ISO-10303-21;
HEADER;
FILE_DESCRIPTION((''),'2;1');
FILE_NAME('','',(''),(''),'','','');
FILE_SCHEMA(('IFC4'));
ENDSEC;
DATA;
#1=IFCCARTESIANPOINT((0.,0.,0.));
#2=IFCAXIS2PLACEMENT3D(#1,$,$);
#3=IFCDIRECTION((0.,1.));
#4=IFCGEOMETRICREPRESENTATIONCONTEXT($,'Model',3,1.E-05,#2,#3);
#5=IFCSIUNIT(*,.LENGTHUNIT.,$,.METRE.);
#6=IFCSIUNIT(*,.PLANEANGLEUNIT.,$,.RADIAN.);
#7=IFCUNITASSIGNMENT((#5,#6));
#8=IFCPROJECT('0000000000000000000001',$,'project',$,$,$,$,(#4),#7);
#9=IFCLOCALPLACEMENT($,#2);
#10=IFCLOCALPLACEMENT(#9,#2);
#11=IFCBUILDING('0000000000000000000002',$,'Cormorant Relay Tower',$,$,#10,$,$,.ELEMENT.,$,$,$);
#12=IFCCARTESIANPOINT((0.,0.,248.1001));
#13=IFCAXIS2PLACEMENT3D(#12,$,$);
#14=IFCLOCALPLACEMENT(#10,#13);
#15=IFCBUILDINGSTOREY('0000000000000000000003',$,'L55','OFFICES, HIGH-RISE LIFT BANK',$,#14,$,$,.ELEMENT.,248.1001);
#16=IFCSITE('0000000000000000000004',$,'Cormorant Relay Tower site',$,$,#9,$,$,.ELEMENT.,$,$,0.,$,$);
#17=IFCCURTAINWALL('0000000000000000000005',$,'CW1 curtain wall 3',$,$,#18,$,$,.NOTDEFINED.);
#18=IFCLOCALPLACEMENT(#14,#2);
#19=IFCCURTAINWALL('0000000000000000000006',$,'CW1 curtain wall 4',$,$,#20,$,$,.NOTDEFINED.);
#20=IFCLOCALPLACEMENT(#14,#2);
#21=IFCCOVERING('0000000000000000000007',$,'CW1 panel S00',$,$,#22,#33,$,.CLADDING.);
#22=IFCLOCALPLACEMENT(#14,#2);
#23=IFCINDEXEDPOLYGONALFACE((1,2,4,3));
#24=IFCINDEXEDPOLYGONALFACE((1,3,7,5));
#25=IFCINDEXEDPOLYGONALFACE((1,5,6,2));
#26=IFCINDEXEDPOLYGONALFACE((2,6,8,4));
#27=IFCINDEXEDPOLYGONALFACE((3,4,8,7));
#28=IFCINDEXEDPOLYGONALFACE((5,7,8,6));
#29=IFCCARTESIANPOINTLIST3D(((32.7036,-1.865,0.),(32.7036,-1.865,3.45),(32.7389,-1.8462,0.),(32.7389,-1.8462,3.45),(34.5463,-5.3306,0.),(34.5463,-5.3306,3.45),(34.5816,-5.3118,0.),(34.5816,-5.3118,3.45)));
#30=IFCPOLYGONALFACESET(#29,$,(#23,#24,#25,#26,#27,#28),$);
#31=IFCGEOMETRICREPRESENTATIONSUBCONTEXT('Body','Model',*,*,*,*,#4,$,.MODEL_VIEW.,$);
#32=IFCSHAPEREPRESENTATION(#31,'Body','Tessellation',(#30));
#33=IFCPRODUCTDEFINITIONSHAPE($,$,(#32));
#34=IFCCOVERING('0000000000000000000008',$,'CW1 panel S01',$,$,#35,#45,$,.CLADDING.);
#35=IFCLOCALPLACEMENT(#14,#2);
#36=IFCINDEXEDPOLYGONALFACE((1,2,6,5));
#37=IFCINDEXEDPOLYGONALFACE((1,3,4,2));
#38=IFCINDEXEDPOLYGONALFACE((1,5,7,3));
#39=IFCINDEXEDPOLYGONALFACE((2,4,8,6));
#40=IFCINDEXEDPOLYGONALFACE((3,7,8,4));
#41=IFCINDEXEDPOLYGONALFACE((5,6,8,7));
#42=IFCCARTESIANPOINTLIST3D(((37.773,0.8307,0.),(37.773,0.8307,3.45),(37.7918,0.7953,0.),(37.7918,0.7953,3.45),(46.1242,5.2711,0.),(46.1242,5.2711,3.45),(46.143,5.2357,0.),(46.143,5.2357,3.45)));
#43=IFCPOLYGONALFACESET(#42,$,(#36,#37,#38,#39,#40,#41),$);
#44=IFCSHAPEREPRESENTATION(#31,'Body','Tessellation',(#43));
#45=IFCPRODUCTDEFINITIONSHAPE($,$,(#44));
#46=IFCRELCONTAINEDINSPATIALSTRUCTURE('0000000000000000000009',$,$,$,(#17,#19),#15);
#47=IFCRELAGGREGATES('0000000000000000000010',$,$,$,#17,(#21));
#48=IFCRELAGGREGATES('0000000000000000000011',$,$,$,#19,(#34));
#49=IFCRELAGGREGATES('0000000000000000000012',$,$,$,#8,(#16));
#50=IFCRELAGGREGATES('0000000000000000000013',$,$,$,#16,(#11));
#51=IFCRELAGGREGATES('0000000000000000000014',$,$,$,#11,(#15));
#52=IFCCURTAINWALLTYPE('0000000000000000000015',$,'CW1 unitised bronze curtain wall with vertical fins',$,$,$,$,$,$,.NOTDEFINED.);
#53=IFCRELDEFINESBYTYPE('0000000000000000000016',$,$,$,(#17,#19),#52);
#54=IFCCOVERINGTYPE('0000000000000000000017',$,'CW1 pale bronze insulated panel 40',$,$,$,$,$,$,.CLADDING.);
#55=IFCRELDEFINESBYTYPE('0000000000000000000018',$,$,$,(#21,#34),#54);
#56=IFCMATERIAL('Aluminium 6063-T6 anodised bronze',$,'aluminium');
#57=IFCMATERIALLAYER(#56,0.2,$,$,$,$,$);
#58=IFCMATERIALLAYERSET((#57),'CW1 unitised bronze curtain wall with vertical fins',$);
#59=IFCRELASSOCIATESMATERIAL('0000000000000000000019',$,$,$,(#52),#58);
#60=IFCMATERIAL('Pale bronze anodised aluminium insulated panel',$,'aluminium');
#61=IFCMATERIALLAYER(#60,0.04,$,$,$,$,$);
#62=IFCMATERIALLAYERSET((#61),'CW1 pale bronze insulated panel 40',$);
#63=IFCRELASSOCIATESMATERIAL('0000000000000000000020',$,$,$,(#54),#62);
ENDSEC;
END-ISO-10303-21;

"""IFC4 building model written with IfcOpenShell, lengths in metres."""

from ifc_helpers import new_model, si_unit, direction, frame, origin, origin_2d, place, context, subcontext, project, spatial, rectangle, extrude, material, layer, layer_set, type_object, element, aggregate, save


model = new_model("IFC4")

# Units and contexts
model_context = context("Model", 3, precision=1e-05, world=origin(), true_north=direction((0.0, 1.0)))
body_context = subcontext(model_context, "Body", "Model", "MODEL_VIEW")
ifc_project = project(units=[si_unit("LENGTHUNIT", "METRE"), si_unit("PLANEANGLEUNIT", "RADIAN")], contexts=[model_context])

# Site, building, storey
site_placement = place(None, origin())
site = spatial("IfcSite", under=ifc_project, at=site_placement, Name="Cormorant Relay Tower site", CompositionType="ELEMENT", RefElevation=0.0)
building_placement = place(site_placement, origin())
building = spatial("IfcBuilding", under=site, at=building_placement, Name="Cormorant Relay Tower", CompositionType="ELEMENT")
storey_placement = place(building_placement, frame((0.0, 0.0, 248.1001)))
storey = spatial("IfcBuildingStorey", under=building, at=storey_placement, Name="L55", Description="OFFICES, HIGH-RISE LIFT BANK", CompositionType="ELEMENT", Elevation=248.1001)

# Curtain wall
ifc_material_1 = material(Name="Aluminium 6063-T6 anodised bronze", Category="aluminium")
ifc_layer_1 = layer(ifc_material_1, 0.2)
ifc_layer_set_1 = layer_set([ifc_layer_1], Name="CW1 unitised bronze curtain wall with vertical fins")
curtain_wall_type = type_object("IfcCurtainWallType", Name="CW1 unitised bronze curtain wall with vertical fins", PredefinedType="NOTDEFINED", material=ifc_layer_set_1)
curtain_wall_1_placement = place(storey_placement, origin())
curtain_wall_1 = element("IfcCurtainWall", 1, at=curtain_wall_1_placement, inside=storey, type_object=curtain_wall_type, Name="CW1 curtain wall 3", PredefinedType="NOTDEFINED")

# Curtain wall
curtain_wall_2_placement = place(storey_placement, origin())
curtain_wall_2 = element("IfcCurtainWall", 2, at=curtain_wall_2_placement, inside=storey, type_object=curtain_wall_type, Name="CW1 curtain wall 4", PredefinedType="NOTDEFINED")

# Coverings
ifc_material_2 = material(Name="Pale bronze anodised aluminium insulated panel", Category="aluminium")
ifc_layer_2 = layer(ifc_material_2, 0.04)
ifc_layer_set_2 = layer_set([ifc_layer_2], Name="CW1 pale bronze insulated panel 40")
covering_type = type_object("IfcCoveringType", Name="CW1 pale bronze insulated panel 40", PredefinedType="CLADDING", material=ifc_layer_set_2)
covering_1_placement = place(storey_placement, frame((33.6426, -3.5884, 0.0), z_axis=(0.0, 0.0, 1.0), x_axis=(-0.469472, 0.882948, 0.0)))
covering_1 = element("IfcCovering", 3, at=covering_1_placement, type_object=covering_type, Name="CW1 panel S00", PredefinedType="CLADDING", context=body_context, shape_type="SweptSolid", body=[
    extrude(rectangle(XDim=3.925, YDim=0.04, at=origin_2d()), origin(), (0.0, 0.0, 1.0), 3.45),
])
aggregate(curtain_wall_1, [covering_1])
covering_2_placement = place(storey_placement, frame((41.958, 3.0332, 0.0), z_axis=(0.0, 0.0, 1.0), x_axis=(0.882948, 0.469472, 0.0)))
covering_2 = element("IfcCovering", 4, at=covering_2_placement, type_object=covering_type, Name="CW1 panel S01", PredefinedType="CLADDING", context=body_context, shape_type="SweptSolid", body=[
    extrude(rectangle(XDim=9.4583, YDim=0.04, at=origin_2d()), origin(), (0.0, 0.0, 1.0), 3.45),
])
aggregate(curtain_wall_2, [covering_2])

save(model, "model.ifc")
